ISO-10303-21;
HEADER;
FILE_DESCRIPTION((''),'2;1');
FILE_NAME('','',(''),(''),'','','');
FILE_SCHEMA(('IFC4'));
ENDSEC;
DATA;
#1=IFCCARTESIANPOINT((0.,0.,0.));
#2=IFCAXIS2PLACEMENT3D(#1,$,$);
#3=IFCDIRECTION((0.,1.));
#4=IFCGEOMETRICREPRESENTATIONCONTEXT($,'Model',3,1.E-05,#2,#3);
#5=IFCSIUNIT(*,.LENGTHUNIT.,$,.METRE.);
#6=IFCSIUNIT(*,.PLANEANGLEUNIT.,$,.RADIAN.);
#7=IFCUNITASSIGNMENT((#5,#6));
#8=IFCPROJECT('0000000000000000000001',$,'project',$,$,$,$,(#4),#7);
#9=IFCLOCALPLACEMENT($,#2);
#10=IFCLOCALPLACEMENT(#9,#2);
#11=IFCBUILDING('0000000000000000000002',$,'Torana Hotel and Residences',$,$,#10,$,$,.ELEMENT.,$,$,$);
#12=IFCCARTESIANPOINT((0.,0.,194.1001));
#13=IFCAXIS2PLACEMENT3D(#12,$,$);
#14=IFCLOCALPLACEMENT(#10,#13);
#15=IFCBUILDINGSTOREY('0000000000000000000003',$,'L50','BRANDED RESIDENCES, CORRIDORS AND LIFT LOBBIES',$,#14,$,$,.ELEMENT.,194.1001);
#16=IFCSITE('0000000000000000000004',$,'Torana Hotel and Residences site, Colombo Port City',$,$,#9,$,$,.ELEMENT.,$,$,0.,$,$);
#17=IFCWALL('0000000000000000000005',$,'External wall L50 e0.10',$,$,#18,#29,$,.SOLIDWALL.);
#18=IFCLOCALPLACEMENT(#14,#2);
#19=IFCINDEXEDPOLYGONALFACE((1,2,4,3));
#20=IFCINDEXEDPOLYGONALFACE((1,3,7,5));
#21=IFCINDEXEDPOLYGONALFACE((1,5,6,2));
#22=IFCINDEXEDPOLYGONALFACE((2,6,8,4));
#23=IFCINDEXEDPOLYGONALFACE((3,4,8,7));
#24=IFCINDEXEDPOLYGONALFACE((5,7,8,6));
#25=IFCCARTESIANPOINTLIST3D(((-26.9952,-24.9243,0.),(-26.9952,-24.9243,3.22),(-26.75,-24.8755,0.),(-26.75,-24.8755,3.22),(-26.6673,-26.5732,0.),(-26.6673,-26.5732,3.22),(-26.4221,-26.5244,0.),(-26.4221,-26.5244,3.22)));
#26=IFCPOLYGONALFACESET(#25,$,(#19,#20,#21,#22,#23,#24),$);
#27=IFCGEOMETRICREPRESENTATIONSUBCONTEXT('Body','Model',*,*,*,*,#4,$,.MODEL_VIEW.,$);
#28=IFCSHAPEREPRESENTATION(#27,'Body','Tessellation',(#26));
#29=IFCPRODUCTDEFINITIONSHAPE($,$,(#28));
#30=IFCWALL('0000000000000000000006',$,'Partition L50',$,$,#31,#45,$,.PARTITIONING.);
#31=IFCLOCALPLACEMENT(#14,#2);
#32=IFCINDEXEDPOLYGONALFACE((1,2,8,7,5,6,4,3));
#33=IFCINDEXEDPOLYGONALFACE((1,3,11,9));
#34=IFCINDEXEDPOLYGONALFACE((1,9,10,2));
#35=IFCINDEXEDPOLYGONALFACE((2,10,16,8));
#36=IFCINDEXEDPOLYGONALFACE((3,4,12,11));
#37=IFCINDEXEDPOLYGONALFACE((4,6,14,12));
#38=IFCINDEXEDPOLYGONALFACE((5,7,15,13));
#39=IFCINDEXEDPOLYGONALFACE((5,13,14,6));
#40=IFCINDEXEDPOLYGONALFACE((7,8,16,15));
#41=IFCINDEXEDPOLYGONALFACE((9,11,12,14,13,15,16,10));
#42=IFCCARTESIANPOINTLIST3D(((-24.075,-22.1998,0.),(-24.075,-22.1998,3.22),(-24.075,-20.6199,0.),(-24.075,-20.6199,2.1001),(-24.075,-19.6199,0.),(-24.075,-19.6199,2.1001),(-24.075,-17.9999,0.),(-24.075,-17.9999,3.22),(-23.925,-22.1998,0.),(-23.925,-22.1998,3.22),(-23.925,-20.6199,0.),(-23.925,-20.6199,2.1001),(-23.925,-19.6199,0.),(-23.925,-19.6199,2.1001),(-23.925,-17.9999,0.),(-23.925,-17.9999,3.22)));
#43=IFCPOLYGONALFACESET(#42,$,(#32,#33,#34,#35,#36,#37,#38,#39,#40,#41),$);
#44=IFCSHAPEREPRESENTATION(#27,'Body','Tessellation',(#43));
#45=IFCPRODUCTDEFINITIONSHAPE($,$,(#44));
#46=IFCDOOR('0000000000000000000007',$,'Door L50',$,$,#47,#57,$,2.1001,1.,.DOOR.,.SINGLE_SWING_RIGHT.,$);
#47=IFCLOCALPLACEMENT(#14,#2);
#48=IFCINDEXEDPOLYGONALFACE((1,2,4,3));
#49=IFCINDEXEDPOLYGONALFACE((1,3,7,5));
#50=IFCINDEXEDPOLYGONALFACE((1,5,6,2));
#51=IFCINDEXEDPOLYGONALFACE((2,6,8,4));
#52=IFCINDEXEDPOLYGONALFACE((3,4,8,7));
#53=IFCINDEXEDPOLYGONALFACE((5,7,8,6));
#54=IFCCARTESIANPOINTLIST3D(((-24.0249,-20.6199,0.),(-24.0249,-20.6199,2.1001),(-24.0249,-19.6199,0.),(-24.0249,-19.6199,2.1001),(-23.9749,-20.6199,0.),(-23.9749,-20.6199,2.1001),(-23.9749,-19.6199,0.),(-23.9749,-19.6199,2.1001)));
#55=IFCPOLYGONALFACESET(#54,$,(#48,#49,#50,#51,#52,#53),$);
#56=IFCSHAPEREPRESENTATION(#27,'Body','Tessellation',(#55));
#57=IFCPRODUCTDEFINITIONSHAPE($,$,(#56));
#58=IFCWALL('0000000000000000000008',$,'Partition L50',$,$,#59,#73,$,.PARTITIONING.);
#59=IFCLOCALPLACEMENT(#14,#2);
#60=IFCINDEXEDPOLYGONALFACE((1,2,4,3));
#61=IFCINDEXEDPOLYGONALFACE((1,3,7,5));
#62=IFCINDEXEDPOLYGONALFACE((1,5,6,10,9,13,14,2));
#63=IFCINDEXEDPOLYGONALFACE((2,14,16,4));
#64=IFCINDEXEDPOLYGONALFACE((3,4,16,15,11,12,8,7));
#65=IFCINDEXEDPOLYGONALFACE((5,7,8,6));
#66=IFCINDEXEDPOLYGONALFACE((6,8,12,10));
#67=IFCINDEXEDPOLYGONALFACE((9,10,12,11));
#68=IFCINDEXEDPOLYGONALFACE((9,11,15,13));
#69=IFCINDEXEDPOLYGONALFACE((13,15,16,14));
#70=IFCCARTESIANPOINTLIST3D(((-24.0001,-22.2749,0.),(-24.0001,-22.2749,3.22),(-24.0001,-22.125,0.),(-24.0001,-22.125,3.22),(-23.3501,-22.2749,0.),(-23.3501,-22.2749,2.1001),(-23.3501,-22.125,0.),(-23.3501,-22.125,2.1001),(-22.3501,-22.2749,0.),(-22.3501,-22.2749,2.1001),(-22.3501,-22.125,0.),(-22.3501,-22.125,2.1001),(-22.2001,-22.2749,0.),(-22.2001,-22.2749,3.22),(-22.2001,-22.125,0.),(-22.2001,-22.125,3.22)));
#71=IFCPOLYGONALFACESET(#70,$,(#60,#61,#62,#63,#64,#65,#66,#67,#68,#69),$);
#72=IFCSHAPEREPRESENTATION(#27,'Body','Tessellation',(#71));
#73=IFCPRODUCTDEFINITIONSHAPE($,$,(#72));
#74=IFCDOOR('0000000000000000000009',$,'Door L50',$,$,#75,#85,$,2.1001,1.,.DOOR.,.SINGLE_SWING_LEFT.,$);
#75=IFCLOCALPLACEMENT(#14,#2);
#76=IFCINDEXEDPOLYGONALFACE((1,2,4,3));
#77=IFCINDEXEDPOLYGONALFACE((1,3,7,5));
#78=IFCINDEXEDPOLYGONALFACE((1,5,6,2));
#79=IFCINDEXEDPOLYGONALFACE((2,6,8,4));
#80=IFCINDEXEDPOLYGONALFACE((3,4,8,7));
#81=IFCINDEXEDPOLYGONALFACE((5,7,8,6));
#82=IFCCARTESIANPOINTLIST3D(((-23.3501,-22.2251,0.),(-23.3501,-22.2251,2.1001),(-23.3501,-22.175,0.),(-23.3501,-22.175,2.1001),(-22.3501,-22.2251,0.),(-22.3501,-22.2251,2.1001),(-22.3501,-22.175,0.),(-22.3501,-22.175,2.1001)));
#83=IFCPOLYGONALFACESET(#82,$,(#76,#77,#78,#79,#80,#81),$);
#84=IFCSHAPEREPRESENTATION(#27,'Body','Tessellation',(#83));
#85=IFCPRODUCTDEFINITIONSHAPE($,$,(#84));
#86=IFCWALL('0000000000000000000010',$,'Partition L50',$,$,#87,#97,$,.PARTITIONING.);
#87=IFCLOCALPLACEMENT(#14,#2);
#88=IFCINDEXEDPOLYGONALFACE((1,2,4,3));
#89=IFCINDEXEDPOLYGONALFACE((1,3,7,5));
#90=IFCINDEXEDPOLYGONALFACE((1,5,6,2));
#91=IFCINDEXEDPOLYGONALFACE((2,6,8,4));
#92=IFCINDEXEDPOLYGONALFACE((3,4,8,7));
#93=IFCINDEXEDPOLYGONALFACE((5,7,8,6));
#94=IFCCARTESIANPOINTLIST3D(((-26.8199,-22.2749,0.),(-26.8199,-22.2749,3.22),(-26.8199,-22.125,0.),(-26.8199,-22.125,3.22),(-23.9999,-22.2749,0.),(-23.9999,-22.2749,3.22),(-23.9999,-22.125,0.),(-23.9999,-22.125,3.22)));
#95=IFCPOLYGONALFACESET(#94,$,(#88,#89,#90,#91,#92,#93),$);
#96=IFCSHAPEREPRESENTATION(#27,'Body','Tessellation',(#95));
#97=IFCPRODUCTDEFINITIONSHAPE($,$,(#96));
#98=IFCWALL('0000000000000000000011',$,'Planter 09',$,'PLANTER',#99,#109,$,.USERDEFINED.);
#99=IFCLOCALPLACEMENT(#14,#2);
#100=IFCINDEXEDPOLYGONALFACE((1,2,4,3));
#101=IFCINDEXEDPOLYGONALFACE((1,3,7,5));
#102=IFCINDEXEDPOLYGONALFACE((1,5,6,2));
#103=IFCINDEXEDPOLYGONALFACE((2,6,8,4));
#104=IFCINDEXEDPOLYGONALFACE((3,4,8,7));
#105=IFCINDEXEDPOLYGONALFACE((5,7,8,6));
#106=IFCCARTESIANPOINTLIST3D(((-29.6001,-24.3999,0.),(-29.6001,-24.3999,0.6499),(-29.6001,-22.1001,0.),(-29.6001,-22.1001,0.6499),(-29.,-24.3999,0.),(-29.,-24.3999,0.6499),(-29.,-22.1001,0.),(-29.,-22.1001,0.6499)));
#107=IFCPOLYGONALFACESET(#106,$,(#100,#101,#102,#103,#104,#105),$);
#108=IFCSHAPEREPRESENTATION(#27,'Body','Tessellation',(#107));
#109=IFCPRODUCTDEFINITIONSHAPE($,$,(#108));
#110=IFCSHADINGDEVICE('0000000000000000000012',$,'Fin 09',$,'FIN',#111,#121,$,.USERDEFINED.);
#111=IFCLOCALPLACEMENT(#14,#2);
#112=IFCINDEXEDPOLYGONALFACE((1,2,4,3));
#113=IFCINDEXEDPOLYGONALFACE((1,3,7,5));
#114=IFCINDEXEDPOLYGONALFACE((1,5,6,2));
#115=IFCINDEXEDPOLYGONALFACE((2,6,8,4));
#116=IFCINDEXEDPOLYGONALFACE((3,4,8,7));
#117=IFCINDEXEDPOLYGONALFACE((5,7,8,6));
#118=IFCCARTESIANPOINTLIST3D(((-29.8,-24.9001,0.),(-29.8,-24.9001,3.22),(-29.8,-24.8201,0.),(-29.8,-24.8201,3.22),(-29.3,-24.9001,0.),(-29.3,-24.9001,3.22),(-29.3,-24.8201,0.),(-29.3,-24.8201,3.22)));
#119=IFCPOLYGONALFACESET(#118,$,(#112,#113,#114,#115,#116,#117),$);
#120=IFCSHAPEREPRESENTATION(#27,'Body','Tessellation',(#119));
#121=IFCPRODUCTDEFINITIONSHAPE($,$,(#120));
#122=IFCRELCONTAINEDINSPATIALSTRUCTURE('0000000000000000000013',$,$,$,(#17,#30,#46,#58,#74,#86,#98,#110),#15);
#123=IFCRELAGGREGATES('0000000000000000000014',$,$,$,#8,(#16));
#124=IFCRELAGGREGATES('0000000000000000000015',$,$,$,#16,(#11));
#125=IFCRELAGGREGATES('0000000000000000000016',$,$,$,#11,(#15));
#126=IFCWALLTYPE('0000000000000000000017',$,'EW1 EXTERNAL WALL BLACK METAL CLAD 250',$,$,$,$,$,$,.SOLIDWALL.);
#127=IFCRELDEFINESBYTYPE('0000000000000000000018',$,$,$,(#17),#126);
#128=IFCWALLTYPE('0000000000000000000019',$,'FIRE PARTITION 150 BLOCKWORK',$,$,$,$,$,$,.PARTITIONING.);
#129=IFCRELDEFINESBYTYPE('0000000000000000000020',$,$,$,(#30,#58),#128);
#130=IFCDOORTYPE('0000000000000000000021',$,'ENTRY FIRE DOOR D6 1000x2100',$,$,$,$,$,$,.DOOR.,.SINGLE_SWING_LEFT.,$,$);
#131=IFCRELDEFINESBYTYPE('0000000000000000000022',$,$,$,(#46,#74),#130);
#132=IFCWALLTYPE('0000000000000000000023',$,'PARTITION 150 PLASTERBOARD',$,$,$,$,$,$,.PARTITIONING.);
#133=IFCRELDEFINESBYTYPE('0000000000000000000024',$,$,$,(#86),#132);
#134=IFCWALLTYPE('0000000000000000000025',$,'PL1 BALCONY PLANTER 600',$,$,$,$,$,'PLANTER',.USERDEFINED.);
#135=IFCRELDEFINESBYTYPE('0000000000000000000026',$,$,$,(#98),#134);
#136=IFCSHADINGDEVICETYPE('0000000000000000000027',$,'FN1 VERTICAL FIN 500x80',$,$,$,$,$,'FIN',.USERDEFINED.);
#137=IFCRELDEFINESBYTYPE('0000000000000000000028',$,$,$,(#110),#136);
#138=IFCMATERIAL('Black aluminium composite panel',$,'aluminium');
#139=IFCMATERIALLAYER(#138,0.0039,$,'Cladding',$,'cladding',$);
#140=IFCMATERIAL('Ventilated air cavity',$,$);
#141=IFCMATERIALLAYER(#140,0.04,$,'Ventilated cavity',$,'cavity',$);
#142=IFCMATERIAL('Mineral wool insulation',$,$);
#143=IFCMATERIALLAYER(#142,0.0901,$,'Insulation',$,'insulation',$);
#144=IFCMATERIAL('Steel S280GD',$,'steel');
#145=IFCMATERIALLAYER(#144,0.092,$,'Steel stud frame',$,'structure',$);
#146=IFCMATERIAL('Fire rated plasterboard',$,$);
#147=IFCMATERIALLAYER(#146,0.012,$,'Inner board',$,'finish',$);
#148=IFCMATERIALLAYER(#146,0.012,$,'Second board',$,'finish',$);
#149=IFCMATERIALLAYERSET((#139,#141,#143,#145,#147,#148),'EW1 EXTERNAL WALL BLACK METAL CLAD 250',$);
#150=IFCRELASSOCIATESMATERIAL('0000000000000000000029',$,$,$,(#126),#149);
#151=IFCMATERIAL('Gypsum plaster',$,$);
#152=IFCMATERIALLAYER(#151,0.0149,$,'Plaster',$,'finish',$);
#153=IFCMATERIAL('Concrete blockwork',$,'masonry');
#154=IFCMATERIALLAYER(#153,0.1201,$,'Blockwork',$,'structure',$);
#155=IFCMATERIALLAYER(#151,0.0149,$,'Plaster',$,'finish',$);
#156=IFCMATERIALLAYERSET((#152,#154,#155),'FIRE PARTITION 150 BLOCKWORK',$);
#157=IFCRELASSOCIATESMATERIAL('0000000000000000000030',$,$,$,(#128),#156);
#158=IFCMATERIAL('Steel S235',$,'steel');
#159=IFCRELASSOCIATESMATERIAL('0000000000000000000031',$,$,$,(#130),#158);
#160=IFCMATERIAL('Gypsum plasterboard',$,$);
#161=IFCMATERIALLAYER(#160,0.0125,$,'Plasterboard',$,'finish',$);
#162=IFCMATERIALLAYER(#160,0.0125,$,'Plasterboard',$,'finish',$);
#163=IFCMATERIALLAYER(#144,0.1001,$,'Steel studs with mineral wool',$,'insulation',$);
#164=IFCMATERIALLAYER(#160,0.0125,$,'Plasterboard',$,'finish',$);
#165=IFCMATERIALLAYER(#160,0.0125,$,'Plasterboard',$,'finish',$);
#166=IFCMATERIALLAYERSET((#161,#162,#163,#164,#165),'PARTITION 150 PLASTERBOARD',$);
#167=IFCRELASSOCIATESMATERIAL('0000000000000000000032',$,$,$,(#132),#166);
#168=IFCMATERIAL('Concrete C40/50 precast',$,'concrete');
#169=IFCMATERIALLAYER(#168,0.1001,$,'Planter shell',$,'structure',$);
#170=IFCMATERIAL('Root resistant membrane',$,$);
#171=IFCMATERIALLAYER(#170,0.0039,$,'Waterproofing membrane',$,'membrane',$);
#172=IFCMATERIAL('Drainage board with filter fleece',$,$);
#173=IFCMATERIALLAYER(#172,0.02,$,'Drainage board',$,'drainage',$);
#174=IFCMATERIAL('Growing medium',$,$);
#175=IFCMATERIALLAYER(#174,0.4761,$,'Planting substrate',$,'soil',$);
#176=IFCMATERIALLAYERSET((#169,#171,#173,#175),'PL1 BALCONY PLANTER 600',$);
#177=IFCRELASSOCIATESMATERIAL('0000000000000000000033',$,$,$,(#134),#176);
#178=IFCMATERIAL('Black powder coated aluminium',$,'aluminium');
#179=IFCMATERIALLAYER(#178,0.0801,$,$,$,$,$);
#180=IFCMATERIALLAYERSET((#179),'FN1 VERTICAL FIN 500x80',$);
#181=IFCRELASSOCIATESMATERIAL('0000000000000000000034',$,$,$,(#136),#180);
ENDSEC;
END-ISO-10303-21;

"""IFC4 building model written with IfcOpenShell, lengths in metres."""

from ifc_helpers import new_model, si_unit, direction, frame, frame_2d, origin, origin_2d, place, context, subcontext, project, spatial, rectangle, extrude, material, layer, layer_set, type_object, element, fill, save


model = new_model("IFC4")

# Units and contexts
model_context = context("Model", 3, precision=1e-05, world=origin(), true_north=direction((0.0, 1.0)))
body_context = subcontext(model_context, "Body", "Model", "MODEL_VIEW")
ifc_project = project(units=[si_unit("LENGTHUNIT", "METRE"), si_unit("PLANEANGLEUNIT", "RADIAN")], contexts=[model_context])

# Site, building, storey
site_placement = place(None, origin())
site = spatial("IfcSite", under=ifc_project, at=site_placement, Name="Torana Hotel and Residences site, Colombo Port City", CompositionType="ELEMENT", RefElevation=0.0)
building_placement = place(site_placement, origin())
building = spatial("IfcBuilding", under=site, at=building_placement, Name="Torana Hotel and Residences", CompositionType="ELEMENT")
storey_placement = place(building_placement, frame((0.0, 0.0, 194.1001)))
storey = spatial("IfcBuildingStorey", under=building, at=storey_placement, Name="L50", Description="BRANDED RESIDENCES, CORRIDORS AND LIFT LOBBIES", CompositionType="ELEMENT", Elevation=194.1001)

# Wall
ifc_material_1 = material(Name="Black aluminium composite panel", Category="aluminium")
ifc_layer_1 = layer(ifc_material_1, 0.0039, Name="Cladding", Category="cladding")
ifc_material_2 = material(Name="Ventilated air cavity")
ifc_layer_2 = layer(ifc_material_2, 0.04, Name="Ventilated cavity", Category="cavity")
ifc_material_3 = material(Name="Mineral wool insulation")
ifc_layer_3 = layer(ifc_material_3, 0.0901, Name="Insulation", Category="insulation")
ifc_material_4 = material(Name="Steel S280GD", Category="steel")
ifc_layer_4 = layer(ifc_material_4, 0.092, Name="Steel stud frame", Category="structure")
ifc_material_5 = material(Name="Fire rated plasterboard")
ifc_layer_5 = layer(ifc_material_5, 0.012, Name="Inner board", Category="finish")
ifc_layer_6 = layer(ifc_material_5, 0.012, Name="Second board", Category="finish")
ifc_layer_set_1 = layer_set([ifc_layer_1, ifc_layer_2, ifc_layer_3, ifc_layer_4, ifc_layer_5, ifc_layer_6], Name="EW1 EXTERNAL WALL BLACK METAL CLAD 250")
wall_type_1 = type_object("IfcWallType", Name="EW1 EXTERNAL WALL BLACK METAL CLAD 250", PredefinedType="SOLIDWALL", material=ifc_layer_set_1)
wall_1_placement = place(storey_placement, frame((-26.8726, -24.8999, 0.0), z_axis=(0.0, 0.0, 1.0), x_axis=(0.195027, -0.980798, 0.0)))
element("IfcWall", 1, at=wall_1_placement, inside=storey, type_object=wall_type_1, Name="External wall L50 e0.10", PredefinedType="SOLIDWALL", context=body_context, shape_type="SweptSolid", body=[
    extrude(rectangle(XDim=1.6812, YDim=0.25, at=frame_2d((0.8406, 0.0))), origin(), (0.0, 0.0, 1.0), 3.22),
])

# Walls, openings, doors
ifc_material_6 = material(Name="Gypsum plaster")
ifc_layer_7 = layer(ifc_material_6, 0.0149, Name="Plaster", Category="finish")
ifc_material_7 = material(Name="Concrete blockwork", Category="masonry")
ifc_layer_8 = layer(ifc_material_7, 0.1201, Name="Blockwork", Category="structure")
ifc_layer_9 = layer(ifc_material_6, 0.0149, Name="Plaster", Category="finish")
ifc_layer_set_2 = layer_set([ifc_layer_7, ifc_layer_8, ifc_layer_9], Name="FIRE PARTITION 150 BLOCKWORK")
wall_type_2 = type_object("IfcWallType", Name="FIRE PARTITION 150 BLOCKWORK", PredefinedType="PARTITIONING", material=ifc_layer_set_2)
wall_2_placement = place(storey_placement, frame((-24.0, -22.2, 0.0), z_axis=(0.0, 0.0, 1.0), x_axis=(0.0, 1.0, 0.0)))
wall_2 = element("IfcWall", 2, at=wall_2_placement, inside=storey, type_object=wall_type_2, Name="Partition L50", PredefinedType="PARTITIONING", context=body_context, shape_type="SweptSolid", body=[
    extrude(rectangle(XDim=4.2, YDim=0.1499, at=frame_2d((2.1001, 0.0))), origin(), (0.0, 0.0, 1.0), 3.22),
])
opening_1_placement = place(wall_2_placement, frame((1.5801, 0.0, 0.0)))
opening_1 = element("IfcOpeningElement", 3, at=opening_1_placement, cuts=wall_2, PredefinedType="OPENING", context=body_context, shape_type="SweptSolid", body=[
    extrude(rectangle(XDim=1.0, YDim=2.1001, at=frame_2d((0.5, 1.05))), frame((0.0, 0.085, 0.0), z_axis=(0.0, -1.0, 0.0), x_axis=(1.0, 0.0, 0.0)), (0.0, 0.0, 1.0), 0.1699),
])
ifc_material_8 = material(Name="Steel S235", Category="steel")
door_type = type_object("IfcDoorType", Name="ENTRY FIRE DOOR D6 1000x2100", OperationType="SINGLE_SWING_LEFT", PredefinedType="DOOR", material=ifc_material_8)
door_1_placement = place(opening_1_placement, origin())
door_1 = element("IfcDoor", 4, at=door_1_placement, inside=storey, type_object=door_type, Name="Door L50", OperationType="SINGLE_SWING_RIGHT", OverallHeight=2.1001, OverallWidth=1.0, PredefinedType="DOOR", context=body_context, shape_type="SweptSolid", body=[
    extrude(rectangle(XDim=1.0, YDim=2.1001, at=frame_2d((0.5, 1.05))), frame((0.0, 0.0249, 0.0), z_axis=(0.0, -1.0, 0.0), x_axis=(1.0, 0.0, 0.0)), (0.0, 0.0, 1.0), 0.05),
])
fill(opening_1, door_1)
wall_3_placement = place(storey_placement, frame((-24.0, -22.2, 0.0), z_axis=(0.0, 0.0, 1.0), x_axis=(1.0, 0.0, 0.0)))
wall_3 = element("IfcWall", 5, at=wall_3_placement, inside=storey, type_object=wall_type_2, Name="Partition L50", PredefinedType="PARTITIONING", context=body_context, shape_type="SweptSolid", body=[
    extrude(rectangle(XDim=1.8, YDim=0.1499, at=frame_2d((0.8999, 0.0))), origin(), (0.0, 0.0, 1.0), 3.22),
])
opening_2_placement = place(wall_3_placement, frame((0.6499, 0.0, 0.0)))
opening_2 = element("IfcOpeningElement", 6, at=opening_2_placement, cuts=wall_3, PredefinedType="OPENING", context=body_context, shape_type="SweptSolid", body=[
    extrude(rectangle(XDim=1.0, YDim=2.1001, at=frame_2d((0.5, 1.05))), frame((0.0, 0.085, 0.0), z_axis=(0.0, -1.0, 0.0), x_axis=(1.0, 0.0, 0.0)), (0.0, 0.0, 1.0), 0.1699),
])
door_2_placement = place(opening_2_placement, frame((0.5, 0.0, 0.0), z_axis=(0.0, 0.0, 1.0), x_axis=(-1.0, 0.0, 0.0)))
door_2 = element("IfcDoor", 7, at=door_2_placement, inside=storey, type_object=door_type, Name="Door L50", OperationType="SINGLE_SWING_LEFT", OverallHeight=2.1001, OverallWidth=1.0, PredefinedType="DOOR", context=body_context, shape_type="SweptSolid", body=[
    extrude(rectangle(XDim=1.0, YDim=2.1001, at=frame_2d((0.0, 1.05))), frame((0.0, -0.0249, 0.0), z_axis=(0.0, 1.0, 0.0), x_axis=(-1.0, 0.0, 0.0)), (0.0, 0.0, 1.0), 0.05),
])
fill(opening_2, door_2)

# Walls
ifc_material_9 = material(Name="Gypsum plasterboard")
ifc_layer_10 = layer(ifc_material_9, 0.0125, Name="Plasterboard", Category="finish")
ifc_layer_11 = layer(ifc_material_9, 0.0125, Name="Plasterboard", Category="finish")
ifc_layer_12 = layer(ifc_material_4, 0.1001, Name="Steel studs with mineral wool", Category="insulation")
ifc_layer_13 = layer(ifc_material_9, 0.0125, Name="Plasterboard", Category="finish")
ifc_layer_14 = layer(ifc_material_9, 0.0125, Name="Plasterboard", Category="finish")
ifc_layer_set_3 = layer_set([ifc_layer_10, ifc_layer_11, ifc_layer_12, ifc_layer_13, ifc_layer_14], Name="PARTITION 150 PLASTERBOARD")
wall_type_3 = type_object("IfcWallType", Name="PARTITION 150 PLASTERBOARD", PredefinedType="PARTITIONING", material=ifc_layer_set_3)
wall_4_placement = place(storey_placement, frame((-26.8201, -22.2, 0.0), z_axis=(0.0, 0.0, 1.0), x_axis=(1.0, 0.0, 0.0)))
element("IfcWall", 8, at=wall_4_placement, inside=storey, type_object=wall_type_3, Name="Partition L50", PredefinedType="PARTITIONING", context=body_context, shape_type="SweptSolid", body=[
    extrude(rectangle(XDim=2.8201, YDim=0.1499, at=frame_2d((1.4102, 0.0))), origin(), (0.0, 0.0, 1.0), 3.22),
])
ifc_material_10 = material(Name="Concrete C40/50 precast", Category="concrete")
ifc_layer_15 = layer(ifc_material_10, 0.1001, Name="Planter shell", Category="structure")
ifc_material_11 = material(Name="Root resistant membrane")
ifc_layer_16 = layer(ifc_material_11, 0.0039, Name="Waterproofing membrane", Category="membrane")
ifc_material_12 = material(Name="Drainage board with filter fleece")
ifc_layer_17 = layer(ifc_material_12, 0.02, Name="Drainage board", Category="drainage")
ifc_material_13 = material(Name="Growing medium")
ifc_layer_18 = layer(ifc_material_13, 0.4761, Name="Planting substrate", Category="soil")
ifc_layer_set_4 = layer_set([ifc_layer_15, ifc_layer_16, ifc_layer_17, ifc_layer_18], Name="PL1 BALCONY PLANTER 600")
wall_type_4 = type_object("IfcWallType", Name="PL1 BALCONY PLANTER 600", ElementType="PLANTER", PredefinedType="USERDEFINED", material=ifc_layer_set_4)
wall_5_placement = place(storey_placement, frame((-29.3, -24.3999, 0.0), z_axis=(0.0, 0.0, 1.0), x_axis=(0.0, 1.0, 0.0)))
element("IfcWall", 9, at=wall_5_placement, inside=storey, type_object=wall_type_4, Name="Planter 09", ObjectType="PLANTER", PredefinedType="USERDEFINED", context=body_context, shape_type="SweptSolid", body=[
    extrude(rectangle(XDim=2.2998, YDim=0.6001, at=frame_2d((1.1499, 0.0))), origin(), (0.0, 0.0, 1.0), 0.6499),
])

# Shading device
ifc_material_14 = material(Name="Black powder coated aluminium", Category="aluminium")
ifc_layer_19 = layer(ifc_material_14, 0.0801)
ifc_layer_set_5 = layer_set([ifc_layer_19], Name="FN1 VERTICAL FIN 500x80")
shading_device_type = type_object("IfcShadingDeviceType", Name="FN1 VERTICAL FIN 500x80", ElementType="FIN", PredefinedType="USERDEFINED", material=ifc_layer_set_5)
shading_device_placement = place(storey_placement, frame((-29.55, -24.8601, 0.0), z_axis=(0.0, 0.0, 1.0), x_axis=(0.0, 1.0, 0.0)))
element("IfcShadingDevice", 10, at=shading_device_placement, inside=storey, type_object=shading_device_type, Name="Fin 09", ObjectType="FIN", PredefinedType="USERDEFINED", context=body_context, shape_type="SweptSolid", body=[
    extrude(rectangle(XDim=0.0801, YDim=0.5, at=origin_2d()), origin(), (0.0, 0.0, 1.0), 3.22),
])

save(model, "model.ifc")
